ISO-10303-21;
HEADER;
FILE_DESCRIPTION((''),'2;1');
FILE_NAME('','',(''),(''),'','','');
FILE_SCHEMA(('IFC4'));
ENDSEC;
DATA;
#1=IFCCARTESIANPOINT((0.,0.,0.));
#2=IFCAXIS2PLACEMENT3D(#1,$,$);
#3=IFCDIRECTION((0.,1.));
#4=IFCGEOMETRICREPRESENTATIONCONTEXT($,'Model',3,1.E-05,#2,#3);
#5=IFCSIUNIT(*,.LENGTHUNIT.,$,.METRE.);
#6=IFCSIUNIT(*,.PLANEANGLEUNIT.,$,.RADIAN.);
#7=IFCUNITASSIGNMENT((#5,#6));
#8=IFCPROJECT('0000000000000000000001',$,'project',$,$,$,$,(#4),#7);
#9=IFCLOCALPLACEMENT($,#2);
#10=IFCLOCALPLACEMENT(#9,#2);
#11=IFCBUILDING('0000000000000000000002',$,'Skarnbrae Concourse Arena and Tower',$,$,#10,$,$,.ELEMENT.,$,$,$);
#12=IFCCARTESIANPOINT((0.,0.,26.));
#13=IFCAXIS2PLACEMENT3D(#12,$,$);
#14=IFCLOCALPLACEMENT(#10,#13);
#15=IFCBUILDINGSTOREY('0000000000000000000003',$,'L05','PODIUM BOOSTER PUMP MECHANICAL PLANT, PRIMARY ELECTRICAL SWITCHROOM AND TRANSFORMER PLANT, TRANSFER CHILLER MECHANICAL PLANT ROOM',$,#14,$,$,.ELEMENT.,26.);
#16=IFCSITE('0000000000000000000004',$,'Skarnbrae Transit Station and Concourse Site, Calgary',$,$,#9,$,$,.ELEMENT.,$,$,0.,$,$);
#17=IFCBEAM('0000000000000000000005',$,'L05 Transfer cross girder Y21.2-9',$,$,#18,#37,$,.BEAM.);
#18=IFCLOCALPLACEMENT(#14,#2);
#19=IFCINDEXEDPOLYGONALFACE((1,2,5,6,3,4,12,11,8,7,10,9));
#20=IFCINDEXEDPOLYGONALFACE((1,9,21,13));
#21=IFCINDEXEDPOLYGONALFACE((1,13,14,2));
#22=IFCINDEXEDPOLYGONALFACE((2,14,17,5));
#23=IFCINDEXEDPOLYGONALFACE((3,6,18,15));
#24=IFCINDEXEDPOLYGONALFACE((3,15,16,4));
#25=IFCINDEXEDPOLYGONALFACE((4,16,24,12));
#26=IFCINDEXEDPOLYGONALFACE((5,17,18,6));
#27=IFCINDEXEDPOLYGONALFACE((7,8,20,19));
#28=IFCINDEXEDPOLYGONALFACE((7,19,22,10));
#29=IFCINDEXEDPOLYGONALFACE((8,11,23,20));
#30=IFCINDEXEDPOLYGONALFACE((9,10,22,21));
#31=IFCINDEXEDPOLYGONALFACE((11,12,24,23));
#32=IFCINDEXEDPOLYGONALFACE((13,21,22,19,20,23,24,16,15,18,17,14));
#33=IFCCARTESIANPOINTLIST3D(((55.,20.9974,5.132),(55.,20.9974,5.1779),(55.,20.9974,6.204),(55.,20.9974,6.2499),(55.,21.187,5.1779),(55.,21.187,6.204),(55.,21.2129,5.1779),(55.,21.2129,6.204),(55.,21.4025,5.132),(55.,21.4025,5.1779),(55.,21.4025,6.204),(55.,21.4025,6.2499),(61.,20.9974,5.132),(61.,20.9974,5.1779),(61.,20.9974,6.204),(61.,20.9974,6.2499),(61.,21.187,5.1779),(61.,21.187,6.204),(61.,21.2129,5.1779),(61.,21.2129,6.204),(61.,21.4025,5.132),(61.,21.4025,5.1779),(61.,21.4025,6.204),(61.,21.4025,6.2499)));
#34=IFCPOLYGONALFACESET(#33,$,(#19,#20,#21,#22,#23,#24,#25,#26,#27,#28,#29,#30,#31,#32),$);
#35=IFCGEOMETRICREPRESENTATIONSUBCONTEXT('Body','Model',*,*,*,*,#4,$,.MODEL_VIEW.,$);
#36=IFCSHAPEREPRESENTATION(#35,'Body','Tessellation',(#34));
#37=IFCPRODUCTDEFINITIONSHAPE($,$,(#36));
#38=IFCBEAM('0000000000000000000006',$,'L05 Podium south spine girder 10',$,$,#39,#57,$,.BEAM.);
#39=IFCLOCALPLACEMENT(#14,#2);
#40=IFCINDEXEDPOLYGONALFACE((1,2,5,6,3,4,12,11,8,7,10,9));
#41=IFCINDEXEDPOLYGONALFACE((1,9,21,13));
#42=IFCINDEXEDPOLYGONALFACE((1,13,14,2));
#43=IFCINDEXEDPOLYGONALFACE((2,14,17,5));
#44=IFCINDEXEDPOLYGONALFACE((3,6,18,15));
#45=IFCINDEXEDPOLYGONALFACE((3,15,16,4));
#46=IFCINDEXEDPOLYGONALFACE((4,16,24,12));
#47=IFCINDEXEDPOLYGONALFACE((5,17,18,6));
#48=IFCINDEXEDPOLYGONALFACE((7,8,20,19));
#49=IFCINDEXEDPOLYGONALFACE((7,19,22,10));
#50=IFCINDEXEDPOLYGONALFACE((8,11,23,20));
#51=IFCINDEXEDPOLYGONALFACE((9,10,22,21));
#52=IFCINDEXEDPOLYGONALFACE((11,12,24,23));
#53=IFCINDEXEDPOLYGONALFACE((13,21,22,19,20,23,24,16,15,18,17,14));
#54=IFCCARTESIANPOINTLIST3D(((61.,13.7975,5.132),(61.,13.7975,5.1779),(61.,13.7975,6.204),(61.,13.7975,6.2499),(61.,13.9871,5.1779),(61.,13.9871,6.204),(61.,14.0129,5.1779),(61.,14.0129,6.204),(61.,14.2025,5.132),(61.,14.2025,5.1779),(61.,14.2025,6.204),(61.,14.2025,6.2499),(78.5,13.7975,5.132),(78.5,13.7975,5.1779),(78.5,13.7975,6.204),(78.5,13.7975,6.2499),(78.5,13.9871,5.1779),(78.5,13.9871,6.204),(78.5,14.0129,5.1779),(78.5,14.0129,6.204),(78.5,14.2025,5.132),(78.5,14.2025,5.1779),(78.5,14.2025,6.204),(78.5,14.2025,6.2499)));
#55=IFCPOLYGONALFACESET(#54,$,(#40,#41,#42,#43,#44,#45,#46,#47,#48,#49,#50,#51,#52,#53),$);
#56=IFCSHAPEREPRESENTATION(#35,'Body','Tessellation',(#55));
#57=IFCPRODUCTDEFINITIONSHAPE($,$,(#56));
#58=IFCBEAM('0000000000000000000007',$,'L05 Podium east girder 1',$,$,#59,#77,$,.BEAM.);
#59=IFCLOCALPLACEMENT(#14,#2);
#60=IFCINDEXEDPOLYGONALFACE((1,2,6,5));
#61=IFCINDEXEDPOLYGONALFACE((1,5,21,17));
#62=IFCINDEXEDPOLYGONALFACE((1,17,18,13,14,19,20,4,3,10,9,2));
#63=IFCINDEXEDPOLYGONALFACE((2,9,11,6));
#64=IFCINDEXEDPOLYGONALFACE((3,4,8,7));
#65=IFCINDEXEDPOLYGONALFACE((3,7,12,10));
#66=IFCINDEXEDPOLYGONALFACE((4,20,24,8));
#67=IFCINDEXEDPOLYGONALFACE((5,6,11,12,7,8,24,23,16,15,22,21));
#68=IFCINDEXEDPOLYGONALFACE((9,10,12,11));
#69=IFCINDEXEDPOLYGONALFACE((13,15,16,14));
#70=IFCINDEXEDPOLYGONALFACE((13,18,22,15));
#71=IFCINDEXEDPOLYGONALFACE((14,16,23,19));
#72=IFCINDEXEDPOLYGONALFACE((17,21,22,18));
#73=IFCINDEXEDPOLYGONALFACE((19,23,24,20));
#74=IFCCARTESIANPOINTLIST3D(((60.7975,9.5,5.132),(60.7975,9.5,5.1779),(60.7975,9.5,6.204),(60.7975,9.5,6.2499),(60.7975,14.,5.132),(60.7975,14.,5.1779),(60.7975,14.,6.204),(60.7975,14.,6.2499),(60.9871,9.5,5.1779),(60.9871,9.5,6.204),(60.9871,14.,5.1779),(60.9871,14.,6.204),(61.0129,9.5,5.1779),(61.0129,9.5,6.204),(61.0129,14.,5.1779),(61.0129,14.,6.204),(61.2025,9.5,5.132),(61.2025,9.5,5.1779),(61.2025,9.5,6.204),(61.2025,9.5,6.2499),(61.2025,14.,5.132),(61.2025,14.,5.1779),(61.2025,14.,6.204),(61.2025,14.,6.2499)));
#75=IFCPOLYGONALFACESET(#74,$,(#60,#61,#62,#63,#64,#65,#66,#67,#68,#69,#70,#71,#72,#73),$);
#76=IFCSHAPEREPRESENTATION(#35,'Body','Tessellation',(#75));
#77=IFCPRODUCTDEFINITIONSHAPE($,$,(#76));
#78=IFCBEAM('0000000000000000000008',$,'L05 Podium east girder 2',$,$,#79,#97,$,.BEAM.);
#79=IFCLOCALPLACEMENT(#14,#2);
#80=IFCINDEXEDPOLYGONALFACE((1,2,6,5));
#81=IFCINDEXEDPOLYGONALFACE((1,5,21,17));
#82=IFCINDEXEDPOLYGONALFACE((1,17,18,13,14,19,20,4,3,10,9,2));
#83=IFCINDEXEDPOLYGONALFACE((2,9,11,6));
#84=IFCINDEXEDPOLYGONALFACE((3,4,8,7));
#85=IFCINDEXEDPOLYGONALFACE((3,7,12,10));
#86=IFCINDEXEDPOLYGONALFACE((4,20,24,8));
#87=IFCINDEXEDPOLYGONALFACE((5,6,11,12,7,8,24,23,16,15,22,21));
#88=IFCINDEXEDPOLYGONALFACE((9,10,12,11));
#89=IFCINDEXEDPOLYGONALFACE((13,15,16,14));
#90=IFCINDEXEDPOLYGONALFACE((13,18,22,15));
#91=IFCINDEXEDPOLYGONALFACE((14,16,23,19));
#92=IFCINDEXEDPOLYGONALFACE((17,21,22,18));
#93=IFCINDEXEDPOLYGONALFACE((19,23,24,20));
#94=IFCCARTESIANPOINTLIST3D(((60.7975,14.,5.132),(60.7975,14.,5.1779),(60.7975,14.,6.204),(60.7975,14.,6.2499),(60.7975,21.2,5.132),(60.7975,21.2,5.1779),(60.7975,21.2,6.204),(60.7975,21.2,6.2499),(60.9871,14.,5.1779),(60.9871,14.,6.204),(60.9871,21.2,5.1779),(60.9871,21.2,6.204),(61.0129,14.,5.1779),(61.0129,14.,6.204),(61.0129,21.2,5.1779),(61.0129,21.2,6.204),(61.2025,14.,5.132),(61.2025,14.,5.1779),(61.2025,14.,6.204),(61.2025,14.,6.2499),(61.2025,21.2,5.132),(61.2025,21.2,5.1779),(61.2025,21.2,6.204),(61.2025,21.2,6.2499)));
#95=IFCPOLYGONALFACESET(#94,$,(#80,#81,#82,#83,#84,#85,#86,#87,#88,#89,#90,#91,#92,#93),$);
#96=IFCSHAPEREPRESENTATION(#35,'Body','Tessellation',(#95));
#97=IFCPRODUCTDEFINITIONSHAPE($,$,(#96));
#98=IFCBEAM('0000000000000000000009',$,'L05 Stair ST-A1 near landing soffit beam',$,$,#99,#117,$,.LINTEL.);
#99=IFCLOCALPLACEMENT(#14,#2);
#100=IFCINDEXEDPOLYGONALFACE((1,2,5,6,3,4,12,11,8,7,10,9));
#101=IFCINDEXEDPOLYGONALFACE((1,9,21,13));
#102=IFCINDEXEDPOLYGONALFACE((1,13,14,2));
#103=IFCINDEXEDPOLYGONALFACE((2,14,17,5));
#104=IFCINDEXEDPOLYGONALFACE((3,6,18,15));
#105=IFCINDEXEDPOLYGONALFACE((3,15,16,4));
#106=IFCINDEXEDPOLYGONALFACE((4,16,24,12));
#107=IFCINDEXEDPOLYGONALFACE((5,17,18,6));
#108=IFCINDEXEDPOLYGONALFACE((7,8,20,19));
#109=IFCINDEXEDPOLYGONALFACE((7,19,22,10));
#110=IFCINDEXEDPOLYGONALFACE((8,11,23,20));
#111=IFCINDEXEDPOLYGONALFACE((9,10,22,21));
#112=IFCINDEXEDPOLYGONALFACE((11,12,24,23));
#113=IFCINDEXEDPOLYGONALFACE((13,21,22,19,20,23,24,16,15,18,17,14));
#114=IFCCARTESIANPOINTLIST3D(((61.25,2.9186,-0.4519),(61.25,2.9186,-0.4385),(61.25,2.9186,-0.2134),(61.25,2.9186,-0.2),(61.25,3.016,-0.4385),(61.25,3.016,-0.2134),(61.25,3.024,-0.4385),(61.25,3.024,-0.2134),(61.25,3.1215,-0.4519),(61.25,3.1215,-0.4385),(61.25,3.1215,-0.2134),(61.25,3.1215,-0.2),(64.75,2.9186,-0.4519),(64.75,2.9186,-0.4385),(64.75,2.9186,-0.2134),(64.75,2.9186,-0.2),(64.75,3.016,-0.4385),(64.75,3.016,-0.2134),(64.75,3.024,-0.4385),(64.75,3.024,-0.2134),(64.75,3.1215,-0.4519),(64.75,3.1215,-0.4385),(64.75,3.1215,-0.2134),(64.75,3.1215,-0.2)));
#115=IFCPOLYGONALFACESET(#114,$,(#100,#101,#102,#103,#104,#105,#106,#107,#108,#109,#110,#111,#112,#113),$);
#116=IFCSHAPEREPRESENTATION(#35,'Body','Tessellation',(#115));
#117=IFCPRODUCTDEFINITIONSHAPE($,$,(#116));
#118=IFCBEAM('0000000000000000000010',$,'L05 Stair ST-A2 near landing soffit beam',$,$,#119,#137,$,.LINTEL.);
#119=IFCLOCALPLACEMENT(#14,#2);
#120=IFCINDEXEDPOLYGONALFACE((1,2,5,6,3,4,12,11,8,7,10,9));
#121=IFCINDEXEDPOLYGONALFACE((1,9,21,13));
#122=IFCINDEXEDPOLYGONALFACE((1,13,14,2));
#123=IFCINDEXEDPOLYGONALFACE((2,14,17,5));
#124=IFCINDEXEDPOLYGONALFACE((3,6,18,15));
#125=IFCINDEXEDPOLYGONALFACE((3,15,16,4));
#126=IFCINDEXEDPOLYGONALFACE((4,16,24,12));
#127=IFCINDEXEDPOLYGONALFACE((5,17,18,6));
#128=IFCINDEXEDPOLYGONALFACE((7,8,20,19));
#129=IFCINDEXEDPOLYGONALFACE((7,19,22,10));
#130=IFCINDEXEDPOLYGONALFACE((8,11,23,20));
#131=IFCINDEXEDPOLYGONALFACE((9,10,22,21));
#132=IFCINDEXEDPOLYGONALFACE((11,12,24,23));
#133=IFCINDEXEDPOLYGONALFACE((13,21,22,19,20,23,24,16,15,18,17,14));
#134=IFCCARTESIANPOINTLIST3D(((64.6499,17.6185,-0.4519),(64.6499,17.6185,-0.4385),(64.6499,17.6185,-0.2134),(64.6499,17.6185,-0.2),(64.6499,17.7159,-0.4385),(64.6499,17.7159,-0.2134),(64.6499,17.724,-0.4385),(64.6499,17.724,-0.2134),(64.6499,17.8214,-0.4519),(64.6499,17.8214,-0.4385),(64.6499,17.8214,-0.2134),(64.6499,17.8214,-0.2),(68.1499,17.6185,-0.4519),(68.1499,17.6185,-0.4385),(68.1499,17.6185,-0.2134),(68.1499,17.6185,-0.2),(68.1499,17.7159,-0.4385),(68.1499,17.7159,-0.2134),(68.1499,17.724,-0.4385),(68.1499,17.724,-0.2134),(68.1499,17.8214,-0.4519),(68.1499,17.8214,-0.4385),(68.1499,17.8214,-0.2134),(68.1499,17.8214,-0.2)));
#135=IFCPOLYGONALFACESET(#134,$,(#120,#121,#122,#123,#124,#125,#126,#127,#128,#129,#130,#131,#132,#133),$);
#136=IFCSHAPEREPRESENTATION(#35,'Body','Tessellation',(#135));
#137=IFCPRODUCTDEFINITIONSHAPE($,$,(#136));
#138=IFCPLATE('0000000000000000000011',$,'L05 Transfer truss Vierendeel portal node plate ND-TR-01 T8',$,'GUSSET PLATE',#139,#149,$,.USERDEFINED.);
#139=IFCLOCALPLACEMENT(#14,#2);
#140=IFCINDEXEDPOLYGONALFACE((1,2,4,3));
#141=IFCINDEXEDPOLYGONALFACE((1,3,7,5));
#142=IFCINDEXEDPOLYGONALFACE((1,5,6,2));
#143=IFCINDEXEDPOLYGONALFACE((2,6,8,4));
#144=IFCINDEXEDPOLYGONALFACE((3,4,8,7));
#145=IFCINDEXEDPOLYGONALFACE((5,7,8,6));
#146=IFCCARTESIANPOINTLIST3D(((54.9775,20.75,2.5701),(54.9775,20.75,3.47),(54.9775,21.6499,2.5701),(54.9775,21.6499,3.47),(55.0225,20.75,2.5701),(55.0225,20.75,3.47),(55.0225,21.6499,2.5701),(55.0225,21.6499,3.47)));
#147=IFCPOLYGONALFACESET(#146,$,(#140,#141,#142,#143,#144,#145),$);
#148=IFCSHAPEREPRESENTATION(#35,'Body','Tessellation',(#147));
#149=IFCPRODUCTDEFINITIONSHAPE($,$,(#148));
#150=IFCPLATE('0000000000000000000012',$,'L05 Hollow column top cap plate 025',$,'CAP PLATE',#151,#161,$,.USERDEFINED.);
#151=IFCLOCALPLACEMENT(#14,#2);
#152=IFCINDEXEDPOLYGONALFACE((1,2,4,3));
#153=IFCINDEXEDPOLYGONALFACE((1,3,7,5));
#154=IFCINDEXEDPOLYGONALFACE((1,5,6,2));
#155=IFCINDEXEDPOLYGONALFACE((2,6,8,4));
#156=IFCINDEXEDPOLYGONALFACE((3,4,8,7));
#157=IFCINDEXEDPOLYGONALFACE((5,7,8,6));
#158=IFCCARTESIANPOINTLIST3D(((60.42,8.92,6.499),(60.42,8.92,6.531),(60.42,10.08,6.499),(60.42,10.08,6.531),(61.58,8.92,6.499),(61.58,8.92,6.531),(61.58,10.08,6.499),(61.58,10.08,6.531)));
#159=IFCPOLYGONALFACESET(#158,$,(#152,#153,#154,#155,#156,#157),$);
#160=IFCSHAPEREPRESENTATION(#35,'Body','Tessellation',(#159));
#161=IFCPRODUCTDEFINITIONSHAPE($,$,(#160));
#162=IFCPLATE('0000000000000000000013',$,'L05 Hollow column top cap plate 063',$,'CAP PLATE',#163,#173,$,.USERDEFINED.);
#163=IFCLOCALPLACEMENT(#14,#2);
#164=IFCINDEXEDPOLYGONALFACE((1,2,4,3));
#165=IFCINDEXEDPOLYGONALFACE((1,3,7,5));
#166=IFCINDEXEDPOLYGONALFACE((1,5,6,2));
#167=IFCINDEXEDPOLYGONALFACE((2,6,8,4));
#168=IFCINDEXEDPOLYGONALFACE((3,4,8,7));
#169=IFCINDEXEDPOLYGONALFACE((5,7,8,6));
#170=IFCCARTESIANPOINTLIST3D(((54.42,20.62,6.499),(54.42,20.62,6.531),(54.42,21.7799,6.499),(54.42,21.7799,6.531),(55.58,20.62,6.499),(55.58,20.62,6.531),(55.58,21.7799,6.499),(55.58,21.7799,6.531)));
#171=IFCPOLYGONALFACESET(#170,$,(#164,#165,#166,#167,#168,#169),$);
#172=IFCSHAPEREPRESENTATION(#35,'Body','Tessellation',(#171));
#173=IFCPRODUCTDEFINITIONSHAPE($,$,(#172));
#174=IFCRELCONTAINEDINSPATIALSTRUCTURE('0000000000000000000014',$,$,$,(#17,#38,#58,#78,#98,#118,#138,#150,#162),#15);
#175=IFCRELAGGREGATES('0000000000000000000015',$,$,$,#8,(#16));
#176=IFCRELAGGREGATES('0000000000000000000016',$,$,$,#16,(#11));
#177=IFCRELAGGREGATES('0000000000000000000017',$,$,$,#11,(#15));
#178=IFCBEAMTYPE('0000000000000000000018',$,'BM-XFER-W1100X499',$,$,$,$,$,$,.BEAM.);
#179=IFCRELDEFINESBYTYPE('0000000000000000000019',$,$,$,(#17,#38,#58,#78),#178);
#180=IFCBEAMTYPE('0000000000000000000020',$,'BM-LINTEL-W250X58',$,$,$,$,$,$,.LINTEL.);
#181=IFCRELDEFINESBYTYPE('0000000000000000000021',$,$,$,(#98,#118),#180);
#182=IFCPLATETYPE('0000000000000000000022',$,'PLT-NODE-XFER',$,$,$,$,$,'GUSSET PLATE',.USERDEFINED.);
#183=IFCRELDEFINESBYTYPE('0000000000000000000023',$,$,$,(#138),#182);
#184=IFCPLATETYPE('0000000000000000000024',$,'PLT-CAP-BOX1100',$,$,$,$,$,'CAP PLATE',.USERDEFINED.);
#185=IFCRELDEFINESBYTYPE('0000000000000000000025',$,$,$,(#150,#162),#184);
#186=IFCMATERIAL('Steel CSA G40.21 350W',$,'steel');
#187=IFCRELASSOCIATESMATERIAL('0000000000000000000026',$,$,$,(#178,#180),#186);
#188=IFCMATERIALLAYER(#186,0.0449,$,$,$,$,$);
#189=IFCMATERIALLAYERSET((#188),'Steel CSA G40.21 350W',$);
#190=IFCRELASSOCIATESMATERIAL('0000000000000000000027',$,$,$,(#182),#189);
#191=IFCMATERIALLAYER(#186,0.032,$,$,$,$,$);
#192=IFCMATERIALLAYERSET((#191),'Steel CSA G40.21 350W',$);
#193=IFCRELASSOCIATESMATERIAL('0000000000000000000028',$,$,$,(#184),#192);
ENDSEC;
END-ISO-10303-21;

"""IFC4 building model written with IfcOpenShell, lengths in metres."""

from ifc_helpers import new_model, si_unit, direction, frame, origin, origin_2d, place, context, subcontext, project, spatial, rectangle, i_section, extrude, source, transform, mapped, material, layer, layer_set, material_profile, profile_set, type_object, element, save


model = new_model("IFC4")

# Units and contexts
model_context = context("Model", 3, precision=1e-05, world=origin(), true_north=direction((0.0, 1.0)))
body_context = subcontext(model_context, "Body", "Model", "MODEL_VIEW")
ifc_project = project(units=[si_unit("LENGTHUNIT", "METRE"), si_unit("PLANEANGLEUNIT", "RADIAN")], contexts=[model_context])

# Site, building, storey
site_placement = place(None, origin())
site = spatial("IfcSite", under=ifc_project, at=site_placement, Name="Skarnbrae Transit Station and Concourse Site, Calgary", CompositionType="ELEMENT", RefElevation=0.0)
building_placement = place(site_placement, origin())
building = spatial("IfcBuilding", under=site, at=building_placement, Name="Skarnbrae Concourse Arena and Tower", CompositionType="ELEMENT")
storey_placement = place(building_placement, frame((0.0, 0.0, 26.0)))
storey = spatial("IfcBuildingStorey", under=building, at=storey_placement, Name="L05", Description="PODIUM BOOSTER PUMP MECHANICAL PLANT, PRIMARY ELECTRICAL SWITCHROOM AND TRANSFORMER PLANT, TRANSFER CHILLER MECHANICAL PLANT ROOM", CompositionType="ELEMENT", Elevation=26.0)

# Shared definitions
ifc_material_1 = material(Name="Steel CSA G40.21 350W", Category="steel")

# Beams
ifc_material_profile_1 = material_profile(ifc_material_1, i_section(OverallWidth=0.405, OverallDepth=1.1179, WebThickness=0.0259, FlangeThickness=0.0459, at=origin_2d()), Name="W1100X499")
ifc_profile_set_1 = profile_set([ifc_material_profile_1], Name="Steel CSA G40.21 350W")
beam_type_1 = type_object("IfcBeamType", Name="BM-XFER-W1100X499", PredefinedType="BEAM", material=ifc_profile_set_1)
shared_shape_1 = source(origin(), body_context, "Body", "SweptSolid", [
    extrude(i_section(OverallWidth=0.405, OverallDepth=1.1179, WebThickness=0.0259, FlangeThickness=0.0459, at=origin_2d()), origin(), (0.0, 0.0, 1.0), 6.0),
])
beam_1_placement = place(storey_placement, frame((55.0, 21.2, 5.6909), z_axis=(1.0, 0.0, 0.0), x_axis=(0.0, 1.0, 0.0)))
element("IfcBeam", 1, at=beam_1_placement, inside=storey, type_object=beam_type_1, Name="L05 Transfer cross girder Y21.2-9", PredefinedType="BEAM", context=body_context, shape_type="MappedRepresentation", body=[
    mapped(shared_shape_1, transform((0.0, 0.0, 0.0))),
])
shared_shape_2 = source(origin(), body_context, "Body", "SweptSolid", [
    extrude(i_section(OverallWidth=0.405, OverallDepth=1.1179, WebThickness=0.0259, FlangeThickness=0.0459, at=origin_2d()), origin(), (0.0, 0.0, 1.0), 17.5),
])
beam_2_placement = place(storey_placement, frame((61.0, 14.0, 5.6909), z_axis=(1.0, 0.0, 0.0), x_axis=(0.0, 1.0, 0.0)))
element("IfcBeam", 2, at=beam_2_placement, inside=storey, type_object=beam_type_1, Name="L05 Podium south spine girder 10", PredefinedType="BEAM", context=body_context, shape_type="MappedRepresentation", body=[
    mapped(shared_shape_2, transform((0.0, 0.0, 0.0))),
])
shared_shape_3 = source(origin(), body_context, "Body", "SweptSolid", [
    extrude(i_section(OverallWidth=0.405, OverallDepth=1.1179, WebThickness=0.0259, FlangeThickness=0.0459, at=origin_2d()), origin(), (0.0, 0.0, 1.0), 4.5),
])
beam_3_placement = place(storey_placement, frame((61.0, 9.5, 5.6909), z_axis=(0.0, 1.0, 0.0), x_axis=(-1.0, 0.0, 0.0)))
element("IfcBeam", 3, at=beam_3_placement, inside=storey, type_object=beam_type_1, Name="L05 Podium east girder 1", PredefinedType="BEAM", context=body_context, shape_type="MappedRepresentation", body=[
    mapped(shared_shape_3, transform((0.0, 0.0, 0.0))),
])
shared_shape_4 = source(origin(), body_context, "Body", "SweptSolid", [
    extrude(i_section(OverallWidth=0.405, OverallDepth=1.1179, WebThickness=0.0259, FlangeThickness=0.0459, at=origin_2d()), origin(), (0.0, 0.0, 1.0), 7.2),
])
beam_4_placement = place(storey_placement, frame((61.0, 14.0, 5.6909), z_axis=(0.0, 1.0, 0.0), x_axis=(-1.0, 0.0, 0.0)))
element("IfcBeam", 4, at=beam_4_placement, inside=storey, type_object=beam_type_1, Name="L05 Podium east girder 2", PredefinedType="BEAM", context=body_context, shape_type="MappedRepresentation", body=[
    mapped(shared_shape_4, transform((0.0, 0.0, 0.0))),
])
ifc_material_profile_2 = material_profile(ifc_material_1, i_section(OverallWidth=0.2029, OverallDepth=0.252, WebThickness=0.0081, FlangeThickness=0.0134, at=origin_2d()), Name="W250X58")
ifc_profile_set_2 = profile_set([ifc_material_profile_2], Name="Steel CSA G40.21 350W")
beam_type_2 = type_object("IfcBeamType", Name="BM-LINTEL-W250X58", PredefinedType="LINTEL", material=ifc_profile_set_2)
shared_shape_5 = source(origin(), body_context, "Body", "SweptSolid", [
    extrude(i_section(OverallWidth=0.2029, OverallDepth=0.252, WebThickness=0.0081, FlangeThickness=0.0134, at=origin_2d()), origin(), (0.0, 0.0, 1.0), 3.5),
])
for number, where, z_axis, x_axis, name in (
    (5, (64.75, 3.02, -0.3259), (-1.0, 0.0, 0.0), (0.0, -1.0, 0.0), "L05 Stair ST-A1 near landing soffit beam"),
    (6, (68.1499, 17.72, -0.3259), (-1.0, 0.0, 0.0), (0.0, -1.0, 0.0), "L05 Stair ST-A2 near landing soffit beam"),
):
    element("IfcBeam", number, at=place(storey_placement, frame(where, z_axis=z_axis, x_axis=x_axis)), inside=storey, type_object=beam_type_2, Name=name, PredefinedType="LINTEL", context=body_context, shape_type="MappedRepresentation", body=[
        mapped(shared_shape_5, transform((0.0, 0.0, 0.0))),
    ])

# Plates
ifc_layer_1 = layer(ifc_material_1, 0.0449)
ifc_layer_set_1 = layer_set([ifc_layer_1], Name="Steel CSA G40.21 350W")
plate_type_1 = type_object("IfcPlateType", Name="PLT-NODE-XFER", ElementType="GUSSET PLATE", PredefinedType="USERDEFINED", material=ifc_layer_set_1)
shared_shape_6 = source(origin(), body_context, "Body", "SweptSolid", [
    extrude(rectangle(XDim=0.8999, YDim=0.0449, at=origin_2d()), origin(), (0.0, 0.0, 1.0), 0.8999),
])
plate_placement = place(storey_placement, frame((55.0, 21.2, 2.5701), z_axis=(0.0, 0.0, 1.0), x_axis=(0.0, 1.0, 0.0)))
element("IfcPlate", 7, at=plate_placement, inside=storey, type_object=plate_type_1, Name="L05 Transfer truss Vierendeel portal node plate ND-TR-01 T8", ObjectType="GUSSET PLATE", PredefinedType="USERDEFINED", context=body_context, shape_type="MappedRepresentation", body=[
    mapped(shared_shape_6, transform((0.0, 0.0, 0.0))),
])
ifc_layer_2 = layer(ifc_material_1, 0.032)
ifc_layer_set_2 = layer_set([ifc_layer_2], Name="Steel CSA G40.21 350W")
plate_type_2 = type_object("IfcPlateType", Name="PLT-CAP-BOX1100", ElementType="CAP PLATE", PredefinedType="USERDEFINED", material=ifc_layer_set_2)
shared_shape_7 = source(origin(), body_context, "Body", "SweptSolid", [
    extrude(rectangle(XDim=1.1599, YDim=1.1599, at=origin_2d()), origin(), (0.0, 0.0, 1.0), 0.032),
])
for number, where, z_axis, x_axis, name in (
    (8, (61.0, 9.5, 6.499), (0.0, 0.0, 1.0), (1.0, 0.0, 0.0), "L05 Hollow column top cap plate 025"),
    (9, (55.0, 21.2, 6.499), (0.0, 0.0, 1.0), (1.0, 0.0, 0.0), "L05 Hollow column top cap plate 063"),
):
    element("IfcPlate", number, at=place(storey_placement, frame(where, z_axis=z_axis, x_axis=x_axis)), inside=storey, type_object=plate_type_2, Name=name, ObjectType="CAP PLATE", PredefinedType="USERDEFINED", context=body_context, shape_type="MappedRepresentation", body=[
        mapped(shared_shape_7, transform((0.0, 0.0, 0.0))),
    ])

save(model, "model.ifc")
